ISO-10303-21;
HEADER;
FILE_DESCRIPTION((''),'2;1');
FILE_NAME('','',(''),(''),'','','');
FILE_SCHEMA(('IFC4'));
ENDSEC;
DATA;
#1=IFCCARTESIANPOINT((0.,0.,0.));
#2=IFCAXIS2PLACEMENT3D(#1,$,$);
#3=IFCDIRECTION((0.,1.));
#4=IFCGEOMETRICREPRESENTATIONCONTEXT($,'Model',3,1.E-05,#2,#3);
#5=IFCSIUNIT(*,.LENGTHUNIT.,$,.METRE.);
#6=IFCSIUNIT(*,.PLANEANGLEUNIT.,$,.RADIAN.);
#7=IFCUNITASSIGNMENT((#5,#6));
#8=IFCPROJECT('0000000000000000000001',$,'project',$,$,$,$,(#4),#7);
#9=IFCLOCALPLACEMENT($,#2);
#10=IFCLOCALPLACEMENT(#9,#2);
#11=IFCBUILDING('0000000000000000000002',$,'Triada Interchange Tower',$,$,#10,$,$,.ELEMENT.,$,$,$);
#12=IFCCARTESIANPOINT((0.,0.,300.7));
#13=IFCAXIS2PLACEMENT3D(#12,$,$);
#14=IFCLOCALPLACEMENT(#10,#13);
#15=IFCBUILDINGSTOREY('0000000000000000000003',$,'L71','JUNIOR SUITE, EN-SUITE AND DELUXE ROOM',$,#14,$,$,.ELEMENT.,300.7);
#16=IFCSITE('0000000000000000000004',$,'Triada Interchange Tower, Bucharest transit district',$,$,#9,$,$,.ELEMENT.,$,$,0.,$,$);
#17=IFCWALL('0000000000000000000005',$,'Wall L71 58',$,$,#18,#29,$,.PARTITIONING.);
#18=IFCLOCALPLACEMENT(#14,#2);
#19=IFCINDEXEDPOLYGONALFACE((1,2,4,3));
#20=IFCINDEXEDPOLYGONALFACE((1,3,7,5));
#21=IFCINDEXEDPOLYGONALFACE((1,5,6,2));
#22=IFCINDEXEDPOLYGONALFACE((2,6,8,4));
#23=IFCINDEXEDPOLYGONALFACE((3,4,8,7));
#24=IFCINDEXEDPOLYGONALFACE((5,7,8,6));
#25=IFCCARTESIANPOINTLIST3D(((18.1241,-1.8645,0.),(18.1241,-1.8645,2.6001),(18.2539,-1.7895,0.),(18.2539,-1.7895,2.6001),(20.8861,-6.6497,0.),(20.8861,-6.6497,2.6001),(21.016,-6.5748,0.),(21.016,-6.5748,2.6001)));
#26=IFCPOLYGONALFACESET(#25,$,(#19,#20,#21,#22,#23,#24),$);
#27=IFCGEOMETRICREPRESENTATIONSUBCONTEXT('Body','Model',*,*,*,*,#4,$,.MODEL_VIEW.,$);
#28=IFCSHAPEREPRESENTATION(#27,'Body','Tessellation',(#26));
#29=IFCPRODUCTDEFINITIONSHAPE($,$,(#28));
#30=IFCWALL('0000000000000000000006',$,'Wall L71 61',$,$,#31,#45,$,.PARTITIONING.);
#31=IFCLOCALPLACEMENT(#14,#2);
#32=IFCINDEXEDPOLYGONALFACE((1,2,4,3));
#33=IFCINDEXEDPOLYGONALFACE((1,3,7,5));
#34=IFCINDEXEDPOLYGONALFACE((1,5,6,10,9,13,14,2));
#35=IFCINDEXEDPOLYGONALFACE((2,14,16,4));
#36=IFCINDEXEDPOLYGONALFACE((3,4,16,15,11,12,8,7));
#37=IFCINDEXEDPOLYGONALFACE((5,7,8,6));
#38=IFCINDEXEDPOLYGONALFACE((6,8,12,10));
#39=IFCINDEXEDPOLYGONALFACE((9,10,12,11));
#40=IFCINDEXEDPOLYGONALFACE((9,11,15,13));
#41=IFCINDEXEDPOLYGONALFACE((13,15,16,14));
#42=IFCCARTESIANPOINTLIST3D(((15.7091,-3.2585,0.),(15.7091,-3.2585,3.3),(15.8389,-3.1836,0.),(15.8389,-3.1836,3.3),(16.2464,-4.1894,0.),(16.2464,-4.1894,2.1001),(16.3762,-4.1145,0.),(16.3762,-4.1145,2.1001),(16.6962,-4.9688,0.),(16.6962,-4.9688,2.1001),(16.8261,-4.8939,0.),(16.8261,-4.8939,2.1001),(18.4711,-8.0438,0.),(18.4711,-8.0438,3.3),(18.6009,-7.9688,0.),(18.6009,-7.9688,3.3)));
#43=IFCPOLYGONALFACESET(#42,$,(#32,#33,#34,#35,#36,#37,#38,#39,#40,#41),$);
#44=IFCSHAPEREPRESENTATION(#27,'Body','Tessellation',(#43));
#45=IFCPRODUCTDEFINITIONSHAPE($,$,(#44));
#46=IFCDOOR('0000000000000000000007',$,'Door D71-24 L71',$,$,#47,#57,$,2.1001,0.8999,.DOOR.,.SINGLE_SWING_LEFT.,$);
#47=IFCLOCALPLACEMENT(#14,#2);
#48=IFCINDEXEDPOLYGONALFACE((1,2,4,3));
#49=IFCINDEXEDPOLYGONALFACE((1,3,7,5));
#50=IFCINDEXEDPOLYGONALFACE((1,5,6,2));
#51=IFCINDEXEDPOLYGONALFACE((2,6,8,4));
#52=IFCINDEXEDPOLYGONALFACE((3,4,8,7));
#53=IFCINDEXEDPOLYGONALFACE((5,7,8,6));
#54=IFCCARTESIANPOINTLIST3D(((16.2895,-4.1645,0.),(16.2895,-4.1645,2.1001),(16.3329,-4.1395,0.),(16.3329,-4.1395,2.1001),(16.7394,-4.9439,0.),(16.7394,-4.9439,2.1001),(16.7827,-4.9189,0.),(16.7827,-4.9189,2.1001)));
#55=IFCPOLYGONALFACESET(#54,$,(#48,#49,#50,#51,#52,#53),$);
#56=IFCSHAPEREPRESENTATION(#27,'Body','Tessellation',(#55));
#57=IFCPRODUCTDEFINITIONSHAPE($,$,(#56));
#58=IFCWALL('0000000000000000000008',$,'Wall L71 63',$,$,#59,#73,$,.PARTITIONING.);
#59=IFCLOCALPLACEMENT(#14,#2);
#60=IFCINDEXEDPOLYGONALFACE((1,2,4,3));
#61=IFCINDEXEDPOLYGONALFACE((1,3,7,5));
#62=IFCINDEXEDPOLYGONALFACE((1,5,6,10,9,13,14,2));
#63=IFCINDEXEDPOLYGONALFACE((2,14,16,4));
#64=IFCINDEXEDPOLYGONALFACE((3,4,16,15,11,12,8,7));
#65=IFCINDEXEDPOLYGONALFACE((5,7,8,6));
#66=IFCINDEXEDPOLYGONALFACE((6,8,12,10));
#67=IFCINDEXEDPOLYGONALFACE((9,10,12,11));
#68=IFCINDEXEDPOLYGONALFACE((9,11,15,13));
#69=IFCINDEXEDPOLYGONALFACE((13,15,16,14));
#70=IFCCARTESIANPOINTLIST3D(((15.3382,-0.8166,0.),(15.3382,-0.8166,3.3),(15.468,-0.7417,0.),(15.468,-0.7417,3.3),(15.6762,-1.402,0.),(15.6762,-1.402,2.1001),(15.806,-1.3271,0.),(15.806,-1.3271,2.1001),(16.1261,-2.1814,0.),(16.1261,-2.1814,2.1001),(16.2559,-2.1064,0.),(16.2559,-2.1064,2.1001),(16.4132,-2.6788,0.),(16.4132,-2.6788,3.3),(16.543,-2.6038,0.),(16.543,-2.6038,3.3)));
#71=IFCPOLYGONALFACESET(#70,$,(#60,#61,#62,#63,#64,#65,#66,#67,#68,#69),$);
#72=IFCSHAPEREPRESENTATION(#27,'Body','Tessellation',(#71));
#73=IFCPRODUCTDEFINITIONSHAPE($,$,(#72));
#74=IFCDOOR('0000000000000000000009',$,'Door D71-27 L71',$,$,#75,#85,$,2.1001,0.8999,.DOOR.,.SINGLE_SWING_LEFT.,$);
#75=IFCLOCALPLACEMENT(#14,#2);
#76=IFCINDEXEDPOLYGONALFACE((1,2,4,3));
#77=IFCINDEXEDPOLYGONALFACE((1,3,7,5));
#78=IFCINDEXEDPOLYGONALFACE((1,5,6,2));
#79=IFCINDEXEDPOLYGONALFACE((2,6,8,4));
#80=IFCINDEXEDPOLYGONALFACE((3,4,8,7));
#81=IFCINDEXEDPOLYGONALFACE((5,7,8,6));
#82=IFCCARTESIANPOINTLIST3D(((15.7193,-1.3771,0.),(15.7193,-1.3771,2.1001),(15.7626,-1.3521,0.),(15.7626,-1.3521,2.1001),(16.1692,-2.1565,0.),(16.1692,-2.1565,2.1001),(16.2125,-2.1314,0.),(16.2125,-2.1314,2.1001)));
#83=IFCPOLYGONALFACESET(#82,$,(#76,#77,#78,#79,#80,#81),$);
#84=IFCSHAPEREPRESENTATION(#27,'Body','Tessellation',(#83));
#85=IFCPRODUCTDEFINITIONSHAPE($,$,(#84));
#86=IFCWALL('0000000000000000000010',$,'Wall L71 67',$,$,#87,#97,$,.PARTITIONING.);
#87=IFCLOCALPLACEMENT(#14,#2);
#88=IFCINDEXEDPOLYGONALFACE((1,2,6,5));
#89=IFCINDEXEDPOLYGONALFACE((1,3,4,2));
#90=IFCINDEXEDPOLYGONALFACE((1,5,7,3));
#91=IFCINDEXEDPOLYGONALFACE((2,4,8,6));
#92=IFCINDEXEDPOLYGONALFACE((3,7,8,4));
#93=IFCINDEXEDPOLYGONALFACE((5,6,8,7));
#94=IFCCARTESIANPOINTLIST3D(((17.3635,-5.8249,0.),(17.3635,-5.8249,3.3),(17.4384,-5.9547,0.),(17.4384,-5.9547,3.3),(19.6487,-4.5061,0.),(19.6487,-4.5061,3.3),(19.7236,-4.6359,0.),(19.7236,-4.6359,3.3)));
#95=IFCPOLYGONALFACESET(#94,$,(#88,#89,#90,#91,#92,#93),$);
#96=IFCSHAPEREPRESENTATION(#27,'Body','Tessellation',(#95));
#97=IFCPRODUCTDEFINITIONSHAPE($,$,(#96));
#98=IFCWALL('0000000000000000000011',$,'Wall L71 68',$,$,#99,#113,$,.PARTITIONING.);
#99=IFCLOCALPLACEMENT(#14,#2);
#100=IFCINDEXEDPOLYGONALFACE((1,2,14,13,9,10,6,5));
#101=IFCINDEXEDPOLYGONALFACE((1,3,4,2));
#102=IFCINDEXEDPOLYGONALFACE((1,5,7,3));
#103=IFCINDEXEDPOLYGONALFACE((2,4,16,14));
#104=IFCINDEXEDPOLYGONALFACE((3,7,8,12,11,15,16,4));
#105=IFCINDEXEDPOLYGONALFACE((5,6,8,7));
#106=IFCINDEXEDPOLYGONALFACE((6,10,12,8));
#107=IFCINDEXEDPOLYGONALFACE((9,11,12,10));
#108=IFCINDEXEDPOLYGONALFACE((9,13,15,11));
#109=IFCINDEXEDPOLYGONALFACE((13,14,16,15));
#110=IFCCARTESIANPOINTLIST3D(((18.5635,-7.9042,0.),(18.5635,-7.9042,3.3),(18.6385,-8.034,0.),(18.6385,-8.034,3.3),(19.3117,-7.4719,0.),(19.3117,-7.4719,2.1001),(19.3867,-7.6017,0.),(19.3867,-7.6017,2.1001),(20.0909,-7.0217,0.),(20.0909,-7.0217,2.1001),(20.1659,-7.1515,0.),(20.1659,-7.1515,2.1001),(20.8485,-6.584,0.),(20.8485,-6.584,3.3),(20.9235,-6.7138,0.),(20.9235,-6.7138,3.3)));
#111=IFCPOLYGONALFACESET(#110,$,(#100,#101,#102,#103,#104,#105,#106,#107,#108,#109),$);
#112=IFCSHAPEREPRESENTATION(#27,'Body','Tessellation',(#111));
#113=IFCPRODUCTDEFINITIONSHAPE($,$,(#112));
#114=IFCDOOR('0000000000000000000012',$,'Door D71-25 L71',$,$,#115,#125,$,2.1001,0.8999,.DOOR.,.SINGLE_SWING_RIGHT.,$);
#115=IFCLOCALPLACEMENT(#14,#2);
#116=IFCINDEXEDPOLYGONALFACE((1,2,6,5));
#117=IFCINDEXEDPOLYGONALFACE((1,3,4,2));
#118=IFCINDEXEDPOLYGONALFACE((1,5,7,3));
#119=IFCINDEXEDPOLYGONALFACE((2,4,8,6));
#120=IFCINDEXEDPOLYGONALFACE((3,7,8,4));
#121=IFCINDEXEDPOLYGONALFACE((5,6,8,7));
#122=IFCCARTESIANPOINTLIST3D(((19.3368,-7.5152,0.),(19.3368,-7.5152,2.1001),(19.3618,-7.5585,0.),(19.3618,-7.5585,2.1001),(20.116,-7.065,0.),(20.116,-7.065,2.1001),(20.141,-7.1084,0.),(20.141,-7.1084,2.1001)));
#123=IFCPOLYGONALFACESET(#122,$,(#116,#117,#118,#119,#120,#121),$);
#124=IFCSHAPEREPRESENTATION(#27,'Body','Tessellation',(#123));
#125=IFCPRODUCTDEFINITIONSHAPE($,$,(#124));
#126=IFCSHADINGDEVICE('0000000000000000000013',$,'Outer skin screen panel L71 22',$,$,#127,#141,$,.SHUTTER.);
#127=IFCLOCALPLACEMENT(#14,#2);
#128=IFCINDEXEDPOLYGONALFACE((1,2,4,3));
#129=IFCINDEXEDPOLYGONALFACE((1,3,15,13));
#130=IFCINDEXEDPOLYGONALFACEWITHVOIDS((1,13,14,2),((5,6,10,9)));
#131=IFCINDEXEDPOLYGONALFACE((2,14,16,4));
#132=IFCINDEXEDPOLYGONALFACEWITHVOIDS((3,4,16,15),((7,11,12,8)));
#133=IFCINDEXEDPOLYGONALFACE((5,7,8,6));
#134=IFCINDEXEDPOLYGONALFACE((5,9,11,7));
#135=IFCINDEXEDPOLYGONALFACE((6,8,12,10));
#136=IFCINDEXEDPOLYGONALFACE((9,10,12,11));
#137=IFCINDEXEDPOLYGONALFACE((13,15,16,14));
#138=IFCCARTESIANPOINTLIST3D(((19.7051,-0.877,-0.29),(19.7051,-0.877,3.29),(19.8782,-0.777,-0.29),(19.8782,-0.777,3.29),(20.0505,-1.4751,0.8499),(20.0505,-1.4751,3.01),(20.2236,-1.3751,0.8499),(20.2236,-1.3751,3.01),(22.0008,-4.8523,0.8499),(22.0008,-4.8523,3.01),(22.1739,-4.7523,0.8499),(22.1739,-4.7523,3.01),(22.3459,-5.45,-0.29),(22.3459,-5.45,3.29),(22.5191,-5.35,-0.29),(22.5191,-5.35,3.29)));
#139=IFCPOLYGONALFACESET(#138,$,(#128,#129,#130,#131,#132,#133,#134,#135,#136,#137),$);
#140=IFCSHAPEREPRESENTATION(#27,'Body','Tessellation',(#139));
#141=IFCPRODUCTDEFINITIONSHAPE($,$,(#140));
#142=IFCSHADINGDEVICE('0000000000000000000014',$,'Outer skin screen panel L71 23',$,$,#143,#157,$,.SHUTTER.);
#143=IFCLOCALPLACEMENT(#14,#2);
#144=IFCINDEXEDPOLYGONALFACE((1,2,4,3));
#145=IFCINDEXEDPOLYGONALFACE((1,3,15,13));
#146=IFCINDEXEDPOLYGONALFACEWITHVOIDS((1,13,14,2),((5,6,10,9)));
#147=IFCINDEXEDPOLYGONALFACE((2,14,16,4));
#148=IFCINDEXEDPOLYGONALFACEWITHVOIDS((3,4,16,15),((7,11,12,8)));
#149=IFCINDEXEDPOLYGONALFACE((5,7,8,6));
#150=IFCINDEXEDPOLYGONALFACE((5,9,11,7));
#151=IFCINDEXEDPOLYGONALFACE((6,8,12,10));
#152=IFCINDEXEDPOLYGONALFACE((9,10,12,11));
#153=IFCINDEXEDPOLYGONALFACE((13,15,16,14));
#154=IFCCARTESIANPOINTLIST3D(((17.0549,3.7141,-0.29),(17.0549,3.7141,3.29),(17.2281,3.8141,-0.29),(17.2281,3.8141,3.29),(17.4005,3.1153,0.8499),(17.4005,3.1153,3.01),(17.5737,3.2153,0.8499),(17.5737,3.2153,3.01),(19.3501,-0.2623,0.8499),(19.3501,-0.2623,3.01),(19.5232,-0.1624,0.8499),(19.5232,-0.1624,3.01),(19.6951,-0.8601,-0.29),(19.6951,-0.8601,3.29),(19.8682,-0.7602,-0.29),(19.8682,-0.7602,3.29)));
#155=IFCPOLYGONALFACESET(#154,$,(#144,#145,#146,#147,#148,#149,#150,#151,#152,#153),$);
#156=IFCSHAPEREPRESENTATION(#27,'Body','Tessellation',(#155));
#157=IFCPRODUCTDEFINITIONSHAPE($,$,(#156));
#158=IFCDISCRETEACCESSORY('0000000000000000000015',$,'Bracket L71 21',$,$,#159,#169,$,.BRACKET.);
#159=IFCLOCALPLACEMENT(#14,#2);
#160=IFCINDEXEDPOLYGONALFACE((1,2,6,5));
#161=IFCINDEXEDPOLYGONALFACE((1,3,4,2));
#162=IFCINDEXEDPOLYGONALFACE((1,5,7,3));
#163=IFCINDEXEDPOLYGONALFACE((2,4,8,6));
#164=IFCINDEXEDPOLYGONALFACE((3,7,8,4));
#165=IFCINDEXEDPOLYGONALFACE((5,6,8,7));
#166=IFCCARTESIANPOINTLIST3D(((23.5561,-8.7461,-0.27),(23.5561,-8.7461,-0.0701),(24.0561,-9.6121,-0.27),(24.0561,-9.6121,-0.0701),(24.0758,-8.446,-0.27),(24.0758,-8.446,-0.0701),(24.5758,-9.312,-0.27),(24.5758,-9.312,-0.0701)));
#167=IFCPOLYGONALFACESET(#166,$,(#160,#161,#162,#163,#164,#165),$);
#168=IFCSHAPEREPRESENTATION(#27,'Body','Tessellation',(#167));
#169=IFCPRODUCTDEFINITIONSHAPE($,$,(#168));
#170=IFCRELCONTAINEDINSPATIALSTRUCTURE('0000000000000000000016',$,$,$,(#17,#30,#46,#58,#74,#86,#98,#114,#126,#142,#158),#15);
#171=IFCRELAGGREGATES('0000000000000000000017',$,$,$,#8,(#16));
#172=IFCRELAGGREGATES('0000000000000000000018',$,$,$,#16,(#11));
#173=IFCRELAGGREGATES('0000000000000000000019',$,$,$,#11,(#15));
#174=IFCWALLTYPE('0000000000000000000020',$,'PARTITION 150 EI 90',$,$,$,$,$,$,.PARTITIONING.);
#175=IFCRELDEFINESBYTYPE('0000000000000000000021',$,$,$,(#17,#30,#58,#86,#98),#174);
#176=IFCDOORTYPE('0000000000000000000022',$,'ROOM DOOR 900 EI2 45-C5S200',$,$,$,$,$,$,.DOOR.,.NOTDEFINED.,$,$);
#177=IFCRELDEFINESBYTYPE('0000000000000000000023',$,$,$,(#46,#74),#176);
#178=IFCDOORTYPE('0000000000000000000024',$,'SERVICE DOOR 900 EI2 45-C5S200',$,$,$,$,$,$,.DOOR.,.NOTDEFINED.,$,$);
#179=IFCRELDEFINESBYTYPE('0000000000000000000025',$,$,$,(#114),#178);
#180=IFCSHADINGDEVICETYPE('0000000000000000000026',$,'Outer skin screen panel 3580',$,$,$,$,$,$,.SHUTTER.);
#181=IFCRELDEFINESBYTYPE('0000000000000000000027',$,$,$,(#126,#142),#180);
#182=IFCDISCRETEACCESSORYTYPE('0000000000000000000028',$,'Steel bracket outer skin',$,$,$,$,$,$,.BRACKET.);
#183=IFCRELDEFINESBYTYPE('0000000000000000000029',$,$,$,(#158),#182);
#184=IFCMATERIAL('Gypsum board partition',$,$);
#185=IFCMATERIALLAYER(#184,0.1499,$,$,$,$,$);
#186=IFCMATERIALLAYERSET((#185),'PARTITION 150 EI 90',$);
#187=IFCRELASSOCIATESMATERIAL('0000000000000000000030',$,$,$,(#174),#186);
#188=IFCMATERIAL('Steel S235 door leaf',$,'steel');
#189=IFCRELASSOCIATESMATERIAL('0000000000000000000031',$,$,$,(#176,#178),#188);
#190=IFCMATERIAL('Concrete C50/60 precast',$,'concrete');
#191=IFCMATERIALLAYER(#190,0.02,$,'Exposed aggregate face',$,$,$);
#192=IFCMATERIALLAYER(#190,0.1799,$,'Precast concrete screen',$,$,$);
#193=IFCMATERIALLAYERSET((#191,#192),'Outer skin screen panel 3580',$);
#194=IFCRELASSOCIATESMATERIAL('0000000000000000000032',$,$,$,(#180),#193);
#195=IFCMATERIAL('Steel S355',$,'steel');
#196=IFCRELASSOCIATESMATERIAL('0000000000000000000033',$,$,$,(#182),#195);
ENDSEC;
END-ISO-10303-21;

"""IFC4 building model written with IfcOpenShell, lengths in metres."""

from ifc_helpers import new_model, si_unit, direction, frame, frame_2d, origin, origin_2d, place, context, subcontext, project, spatial, polyline, rectangle, outline, extrude, material, layer, layer_set, type_object, element, fill, save


model = new_model("IFC4")

# Units and contexts
model_context = context("Model", 3, precision=1e-05, world=origin(), true_north=direction((0.0, 1.0)))
body_context = subcontext(model_context, "Body", "Model", "MODEL_VIEW")
ifc_project = project(units=[si_unit("LENGTHUNIT", "METRE"), si_unit("PLANEANGLEUNIT", "RADIAN")], contexts=[model_context])

# Site, building, storey
site_placement = place(None, origin())
site = spatial("IfcSite", under=ifc_project, at=site_placement, Name="Triada Interchange Tower, Bucharest transit district", CompositionType="ELEMENT", RefElevation=0.0)
building_placement = place(site_placement, origin())
building = spatial("IfcBuilding", under=site, at=building_placement, Name="Triada Interchange Tower", CompositionType="ELEMENT")
storey_placement = place(building_placement, frame((0.0, 0.0, 300.7)))
storey = spatial("IfcBuildingStorey", under=building, at=storey_placement, Name="L71", Description="JUNIOR SUITE, EN-SUITE AND DELUXE ROOM", CompositionType="ELEMENT", Elevation=300.7)

# Wall
ifc_material_1 = material(Name="Gypsum board partition")
ifc_layer_1 = layer(ifc_material_1, 0.1499)
ifc_layer_set_1 = layer_set([ifc_layer_1], Name="PARTITION 150 EI 90")
wall_type_1 = type_object("IfcWallType", Name="PARTITION 150 EI 90", PredefinedType="PARTITIONING", material=ifc_layer_set_1)
wall_1_placement = place(storey_placement, frame((18.189, -1.8269, 0.0), z_axis=(0.0, 0.0, 1.0), x_axis=(0.499898, -0.866084, 0.0)))
element("IfcWall", 1, at=wall_1_placement, inside=storey, type_object=wall_type_1, Name="Wall L71 58", PredefinedType="PARTITIONING", context=body_context, shape_type="SweptSolid", body=[
    extrude(rectangle(XDim=5.5251, YDim=0.1499, at=frame_2d((2.7627, 0.0))), origin(), (0.0, 0.0, 1.0), 2.6001),
])

# Walls, openings, doors
wall_2_placement = place(storey_placement, frame((15.7739, -3.2209, 0.0), z_axis=(0.0, 0.0, 1.0), x_axis=(0.499898, -0.866084, 0.0)))
wall_2 = element("IfcWall", 2, at=wall_2_placement, inside=storey, type_object=wall_type_1, Name="Wall L71 61", PredefinedType="PARTITIONING", context=body_context, shape_type="SweptSolid", body=[
    extrude(rectangle(XDim=5.5251, YDim=0.1499, at=frame_2d((2.7627, 0.0))), origin(), (0.0, 0.0, 1.0), 3.3),
])
opening_1_placement = place(wall_2_placement, frame((1.075, 0.0, 0.0)))
opening_1 = element("IfcOpeningElement", 3, at=opening_1_placement, cuts=wall_2, PredefinedType="OPENING", context=body_context, shape_type="SweptSolid", body=[
    extrude(rectangle(XDim=0.8999, YDim=2.1001, at=frame_2d((0.45, 1.05))), frame((0.0, 0.085, 0.0), z_axis=(0.0, -1.0, 0.0), x_axis=(1.0, 0.0, 0.0)), (0.0, 0.0, 1.0), 0.1699),
])
ifc_material_2 = material(Name="Steel S235 door leaf", Category="steel")
door_type_1 = type_object("IfcDoorType", Name="ROOM DOOR 900 EI2 45-C5S200", OperationType="NOTDEFINED", PredefinedType="DOOR", material=ifc_material_2)
door_1_placement = place(opening_1_placement, origin())
door_1 = element("IfcDoor", 4, at=door_1_placement, inside=storey, type_object=door_type_1, Name="Door D71-24 L71", OperationType="SINGLE_SWING_LEFT", OverallHeight=2.1001, OverallWidth=0.8999, PredefinedType="DOOR", context=body_context, shape_type="SweptSolid", body=[
    extrude(rectangle(XDim=0.8999, YDim=2.1001, at=frame_2d((0.45, 1.05))), frame((0.0, 0.0249, 0.0), z_axis=(0.0, -1.0, 0.0), x_axis=(1.0, 0.0, 0.0)), (0.0, 0.0, 1.0), 0.05),
])
fill(opening_1, door_1)
wall_3_placement = place(storey_placement, frame((15.4031, -0.7791, 0.0), z_axis=(0.0, 0.0, 1.0), x_axis=(0.499962, -0.866048, 0.0)))
wall_3 = element("IfcWall", 5, at=wall_3_placement, inside=storey, type_object=wall_type_1, Name="Wall L71 63", PredefinedType="PARTITIONING", context=body_context, shape_type="SweptSolid", body=[
    extrude(rectangle(XDim=2.1501, YDim=0.1499, at=frame_2d((1.0752, 0.0))), origin(), (0.0, 0.0, 1.0), 3.3),
])
opening_2_placement = place(wall_3_placement, frame((0.676, 0.0, 0.0)))
opening_2 = element("IfcOpeningElement", 6, at=opening_2_placement, cuts=wall_3, PredefinedType="OPENING", context=body_context, shape_type="SweptSolid", body=[
    extrude(rectangle(XDim=0.8999, YDim=2.1001, at=frame_2d((0.45, 1.05))), frame((0.0, 0.085, 0.0), z_axis=(0.0, -1.0, 0.0), x_axis=(1.0, 0.0, 0.0)), (0.0, 0.0, 1.0), 0.1699),
])
door_2_placement = place(opening_2_placement, origin())
door_2 = element("IfcDoor", 7, at=door_2_placement, inside=storey, type_object=door_type_1, Name="Door D71-27 L71", OperationType="SINGLE_SWING_LEFT", OverallHeight=2.1001, OverallWidth=0.8999, PredefinedType="DOOR", context=body_context, shape_type="SweptSolid", body=[
    extrude(rectangle(XDim=0.8999, YDim=2.1001, at=frame_2d((0.45, 1.05))), frame((0.0, 0.0249, 0.0), z_axis=(0.0, -1.0, 0.0), x_axis=(1.0, 0.0, 0.0)), (0.0, 0.0, 1.0), 0.05),
])
fill(opening_2, door_2)

# Wall
wall_4_placement = place(storey_placement, frame((17.4009, -5.8899, 0.0), z_axis=(0.0, 0.0, 1.0), x_axis=(0.866105, 0.499861, 0.0)))
element("IfcWall", 8, at=wall_4_placement, inside=storey, type_object=wall_type_1, Name="Wall L71 67", PredefinedType="PARTITIONING", context=body_context, shape_type="SweptSolid", body=[
    extrude(rectangle(XDim=2.6384, YDim=0.1499, at=frame_2d((1.3193, 0.0))), origin(), (0.0, 0.0, 1.0), 3.3),
])

# Wall, opening, door
wall_5_placement = place(storey_placement, frame((18.6011, -7.969, 0.0), z_axis=(0.0, 0.0, 1.0), x_axis=(0.865882, 0.500248, 0.0)))
wall_5 = element("IfcWall", 9, at=wall_5_placement, inside=storey, type_object=wall_type_1, Name="Wall L71 68", PredefinedType="PARTITIONING", context=body_context, shape_type="SweptSolid", body=[
    extrude(rectangle(XDim=2.6389, YDim=0.1499, at=frame_2d((1.3193, 0.0))), origin(), (0.0, 0.0, 1.0), 3.3),
])
opening_3_placement = place(wall_5_placement, frame((0.864, 0.0, 0.0)))
opening_3 = element("IfcOpeningElement", 10, at=opening_3_placement, cuts=wall_5, PredefinedType="OPENING", context=body_context, shape_type="SweptSolid", body=[
    extrude(rectangle(XDim=0.8999, YDim=2.1001, at=frame_2d((0.45, 1.05))), frame((0.0, 0.085, 0.0), z_axis=(0.0, -1.0, 0.0), x_axis=(1.0, 0.0, 0.0)), (0.0, 0.0, 1.0), 0.1699),
])
door_type_2 = type_object("IfcDoorType", Name="SERVICE DOOR 900 EI2 45-C5S200", OperationType="NOTDEFINED", PredefinedType="DOOR", material=ifc_material_2)
door_3_placement = place(opening_3_placement, origin())
door_3 = element("IfcDoor", 11, at=door_3_placement, inside=storey, type_object=door_type_2, Name="Door D71-25 L71", OperationType="SINGLE_SWING_RIGHT", OverallHeight=2.1001, OverallWidth=0.8999, PredefinedType="DOOR", context=body_context, shape_type="SweptSolid", body=[
    extrude(rectangle(XDim=0.8999, YDim=2.1001, at=frame_2d((0.45, 1.05))), frame((0.0, 0.0249, 0.0), z_axis=(0.0, -1.0, 0.0), x_axis=(1.0, 0.0, 0.0)), (0.0, 0.0, 1.0), 0.05),
])
fill(opening_3, door_3)

# Shading devices
ifc_material_3 = material(Name="Concrete C50/60 precast", Category="concrete")
ifc_layer_2 = layer(ifc_material_3, 0.02, Name="Exposed aggregate face")
ifc_layer_3 = layer(ifc_material_3, 0.1799, Name="Precast concrete screen")
ifc_layer_set_2 = layer_set([ifc_layer_2, ifc_layer_3], Name="Outer skin screen panel 3580")
shading_device_type = type_object("IfcShadingDeviceType", Name="Outer skin screen panel 3580", PredefinedType="SHUTTER", material=ifc_layer_set_2)
shading_device_1_placement = place(storey_placement, frame((22.3459, -5.45, -0.29), z_axis=(0.0, 0.0, 1.0), x_axis=(-0.500092, 0.865972, 0.0)))
element("IfcShadingDevice", 12, at=shading_device_1_placement, inside=storey, type_object=shading_device_type, Name="Outer skin screen panel L71 22", PredefinedType="SHUTTER", context=body_context, shape_type="SweptSolid", body=[
    extrude(outline(polyline([(0.0, 0.0), (5.2808, 0.0), (5.2808, 3.5801), (0.0, 3.5801), (0.0, 0.0)]), holes=[polyline([(0.6902, 1.1399), (0.6902, 3.3), (4.5901, 3.3), (4.5901, 1.1399), (0.6902, 1.1399)])]), frame((0.0, 0.0, 0.0), z_axis=(0.0, -1.0, 0.0), x_axis=(1.0, 0.0, 0.0)), (0.0, 0.0, 1.0), 0.2),
])
shading_device_2_placement = place(storey_placement, frame((19.6951, -0.8601, -0.29), z_axis=(0.0, 0.0, 1.0), x_axis=(-0.499888, 0.86609, 0.0)))
element("IfcShadingDevice", 13, at=shading_device_2_placement, inside=storey, type_object=shading_device_type, Name="Outer skin screen panel L71 23", PredefinedType="SHUTTER", context=body_context, shape_type="SweptSolid", body=[
    extrude(outline(polyline([(0.0, 0.0), (5.2815, 0.0), (5.2815, 3.5801), (0.0, 3.5801), (0.0, 0.0)]), holes=[polyline([(0.6902, 1.1399), (0.6902, 3.3), (4.5901, 3.3), (4.5901, 1.1399), (0.6902, 1.1399)])]), frame((0.0, 0.0, 0.0), z_axis=(0.0, -1.0, 0.0), x_axis=(1.0, 0.0, 0.0)), (0.0, 0.0, 1.0), 0.2),
])

# Discrete accessory
ifc_material_4 = material(Name="Steel S355", Category="steel")
discrete_accessory_type = type_object("IfcDiscreteAccessoryType", Name="Steel bracket outer skin", PredefinedType="BRACKET", material=ifc_material_4)
for number, where, z_axis, x_axis, name in (
    (14, (24.0659, -9.0291, -0.27), (0.0, 0.0, 1.0), (0.866027, 0.499997, 0.0), "Bracket L71 21"),
):
    element("IfcDiscreteAccessory", number, at=place(storey_placement, frame(where, z_axis=z_axis, x_axis=x_axis)), inside=storey, type_object=discrete_accessory_type, Name=name, PredefinedType="BRACKET", context=body_context, shape_type="SweptSolid", body=[
        extrude(rectangle(XDim=0.6001, YDim=1.0, at=origin_2d()), origin(), (0.0, 0.0, 1.0), 0.2),
    ])

save(model, "model.ifc")
